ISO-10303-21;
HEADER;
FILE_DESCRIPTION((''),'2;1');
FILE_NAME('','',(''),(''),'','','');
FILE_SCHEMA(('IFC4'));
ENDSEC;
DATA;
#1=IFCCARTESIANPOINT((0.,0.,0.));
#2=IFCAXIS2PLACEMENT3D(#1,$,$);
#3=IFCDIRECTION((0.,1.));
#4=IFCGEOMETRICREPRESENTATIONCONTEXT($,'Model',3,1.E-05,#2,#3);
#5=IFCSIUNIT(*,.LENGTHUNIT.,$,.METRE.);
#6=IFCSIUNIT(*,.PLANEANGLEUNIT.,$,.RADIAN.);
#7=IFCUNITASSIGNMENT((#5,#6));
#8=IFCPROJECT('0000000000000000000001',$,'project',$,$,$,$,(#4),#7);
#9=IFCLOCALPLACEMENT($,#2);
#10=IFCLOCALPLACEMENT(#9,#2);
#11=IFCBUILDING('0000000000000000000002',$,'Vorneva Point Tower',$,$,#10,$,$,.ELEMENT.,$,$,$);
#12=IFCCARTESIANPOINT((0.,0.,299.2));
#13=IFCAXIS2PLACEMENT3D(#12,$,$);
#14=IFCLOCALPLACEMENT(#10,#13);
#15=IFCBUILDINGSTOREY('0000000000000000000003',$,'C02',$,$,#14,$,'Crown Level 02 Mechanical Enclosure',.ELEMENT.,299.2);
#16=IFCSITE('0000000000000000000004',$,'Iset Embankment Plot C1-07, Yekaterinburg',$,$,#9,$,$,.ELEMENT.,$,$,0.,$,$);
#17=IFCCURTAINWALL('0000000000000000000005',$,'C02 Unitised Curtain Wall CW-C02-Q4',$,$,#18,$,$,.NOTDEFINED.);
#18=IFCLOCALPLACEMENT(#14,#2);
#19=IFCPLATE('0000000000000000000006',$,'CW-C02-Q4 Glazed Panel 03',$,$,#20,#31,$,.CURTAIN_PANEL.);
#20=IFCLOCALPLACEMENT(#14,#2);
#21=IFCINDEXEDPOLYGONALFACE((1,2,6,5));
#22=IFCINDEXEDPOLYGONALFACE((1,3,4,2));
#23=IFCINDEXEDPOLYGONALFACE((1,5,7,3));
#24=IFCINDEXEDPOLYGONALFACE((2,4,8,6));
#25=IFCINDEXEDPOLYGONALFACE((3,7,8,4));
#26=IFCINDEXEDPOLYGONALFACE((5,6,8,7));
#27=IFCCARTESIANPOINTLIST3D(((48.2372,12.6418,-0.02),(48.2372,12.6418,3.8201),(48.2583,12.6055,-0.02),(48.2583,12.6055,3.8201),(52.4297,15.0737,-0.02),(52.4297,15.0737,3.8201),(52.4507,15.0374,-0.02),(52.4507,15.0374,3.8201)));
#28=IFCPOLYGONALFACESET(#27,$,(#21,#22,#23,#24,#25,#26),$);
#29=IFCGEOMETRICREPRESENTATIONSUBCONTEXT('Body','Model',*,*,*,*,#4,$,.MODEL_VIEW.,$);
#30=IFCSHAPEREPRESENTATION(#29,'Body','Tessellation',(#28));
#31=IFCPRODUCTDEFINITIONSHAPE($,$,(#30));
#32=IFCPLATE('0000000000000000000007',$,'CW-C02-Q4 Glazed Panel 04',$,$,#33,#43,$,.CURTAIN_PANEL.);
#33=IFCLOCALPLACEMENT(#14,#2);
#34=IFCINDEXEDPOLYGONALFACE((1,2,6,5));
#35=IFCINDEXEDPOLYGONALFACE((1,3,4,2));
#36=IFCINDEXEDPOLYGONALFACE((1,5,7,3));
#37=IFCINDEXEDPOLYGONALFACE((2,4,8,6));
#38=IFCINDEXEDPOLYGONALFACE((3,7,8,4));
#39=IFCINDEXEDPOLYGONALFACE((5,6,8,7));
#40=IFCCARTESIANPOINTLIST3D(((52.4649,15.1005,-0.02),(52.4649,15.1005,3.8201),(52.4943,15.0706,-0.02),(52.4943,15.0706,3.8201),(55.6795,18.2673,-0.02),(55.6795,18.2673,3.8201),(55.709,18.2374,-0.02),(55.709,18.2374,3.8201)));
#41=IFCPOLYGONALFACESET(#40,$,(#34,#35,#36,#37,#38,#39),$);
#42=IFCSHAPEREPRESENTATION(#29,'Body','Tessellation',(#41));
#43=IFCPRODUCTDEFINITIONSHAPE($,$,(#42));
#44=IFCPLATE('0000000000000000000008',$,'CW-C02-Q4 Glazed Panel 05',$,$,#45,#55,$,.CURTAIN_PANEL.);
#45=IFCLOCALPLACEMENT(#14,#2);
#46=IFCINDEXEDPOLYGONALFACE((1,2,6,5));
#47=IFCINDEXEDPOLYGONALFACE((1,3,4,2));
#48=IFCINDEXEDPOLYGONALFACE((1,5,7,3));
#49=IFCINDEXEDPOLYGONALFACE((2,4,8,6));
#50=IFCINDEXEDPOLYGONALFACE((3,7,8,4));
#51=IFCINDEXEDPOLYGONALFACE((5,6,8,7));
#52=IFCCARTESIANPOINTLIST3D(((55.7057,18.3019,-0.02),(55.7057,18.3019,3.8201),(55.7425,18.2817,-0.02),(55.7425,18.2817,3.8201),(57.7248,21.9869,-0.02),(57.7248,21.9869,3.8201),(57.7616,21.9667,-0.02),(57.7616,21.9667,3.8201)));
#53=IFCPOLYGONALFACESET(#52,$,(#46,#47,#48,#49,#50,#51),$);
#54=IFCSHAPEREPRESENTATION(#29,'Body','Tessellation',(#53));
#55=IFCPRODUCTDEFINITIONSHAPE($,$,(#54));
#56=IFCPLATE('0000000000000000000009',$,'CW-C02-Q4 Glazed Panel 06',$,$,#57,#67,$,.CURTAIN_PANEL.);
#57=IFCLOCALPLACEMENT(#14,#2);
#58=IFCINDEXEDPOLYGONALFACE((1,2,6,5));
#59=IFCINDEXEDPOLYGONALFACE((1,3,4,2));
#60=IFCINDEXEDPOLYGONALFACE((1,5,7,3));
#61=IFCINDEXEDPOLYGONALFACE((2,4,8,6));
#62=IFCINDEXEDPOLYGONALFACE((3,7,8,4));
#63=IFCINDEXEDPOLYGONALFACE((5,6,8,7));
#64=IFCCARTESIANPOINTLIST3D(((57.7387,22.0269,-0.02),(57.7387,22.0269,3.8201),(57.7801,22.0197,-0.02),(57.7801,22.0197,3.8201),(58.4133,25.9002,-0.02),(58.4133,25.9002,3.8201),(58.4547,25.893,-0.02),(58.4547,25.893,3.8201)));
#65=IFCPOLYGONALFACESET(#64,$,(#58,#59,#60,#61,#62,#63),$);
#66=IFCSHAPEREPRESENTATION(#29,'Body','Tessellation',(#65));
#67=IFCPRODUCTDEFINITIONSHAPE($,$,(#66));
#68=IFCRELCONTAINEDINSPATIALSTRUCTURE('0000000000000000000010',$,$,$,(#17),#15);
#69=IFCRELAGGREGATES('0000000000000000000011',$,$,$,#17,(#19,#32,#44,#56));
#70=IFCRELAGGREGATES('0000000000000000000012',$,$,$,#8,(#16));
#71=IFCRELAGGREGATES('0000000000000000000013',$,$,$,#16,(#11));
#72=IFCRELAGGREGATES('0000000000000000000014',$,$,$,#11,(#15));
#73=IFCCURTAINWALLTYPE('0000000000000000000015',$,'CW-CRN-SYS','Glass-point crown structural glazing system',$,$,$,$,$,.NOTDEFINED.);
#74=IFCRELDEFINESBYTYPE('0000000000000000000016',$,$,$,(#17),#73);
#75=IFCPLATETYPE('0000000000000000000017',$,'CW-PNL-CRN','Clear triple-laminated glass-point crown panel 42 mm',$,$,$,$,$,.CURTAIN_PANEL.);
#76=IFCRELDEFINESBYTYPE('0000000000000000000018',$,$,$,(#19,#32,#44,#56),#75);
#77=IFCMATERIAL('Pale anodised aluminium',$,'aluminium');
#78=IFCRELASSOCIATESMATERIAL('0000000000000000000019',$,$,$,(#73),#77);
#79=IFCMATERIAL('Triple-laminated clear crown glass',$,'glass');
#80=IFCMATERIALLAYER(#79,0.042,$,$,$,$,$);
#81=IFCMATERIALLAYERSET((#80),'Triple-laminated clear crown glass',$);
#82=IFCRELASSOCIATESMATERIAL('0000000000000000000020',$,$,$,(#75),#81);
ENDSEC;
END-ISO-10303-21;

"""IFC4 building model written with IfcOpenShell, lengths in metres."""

from ifc_helpers import new_model, si_unit, direction, frame, origin, origin_2d, place, context, subcontext, project, spatial, rectangle, extrude, material, layer, layer_set, type_object, element, aggregate, save


model = new_model("IFC4")

# Units and contexts
model_context = context("Model", 3, precision=1e-05, world=origin(), true_north=direction((0.0, 1.0)))
body_context = subcontext(model_context, "Body", "Model", "MODEL_VIEW")
ifc_project = project(units=[si_unit("LENGTHUNIT", "METRE"), si_unit("PLANEANGLEUNIT", "RADIAN")], contexts=[model_context])

# Site, building, storey
site_placement = place(None, origin())
site = spatial("IfcSite", under=ifc_project, at=site_placement, Name="Iset Embankment Plot C1-07, Yekaterinburg", CompositionType="ELEMENT", RefElevation=0.0)
building_placement = place(site_placement, origin())
building = spatial("IfcBuilding", under=site, at=building_placement, Name="Vorneva Point Tower", CompositionType="ELEMENT")
storey_placement = place(building_placement, frame((0.0, 0.0, 299.2)))
storey = spatial("IfcBuildingStorey", under=building, at=storey_placement, Name="C02", LongName="Crown Level 02 Mechanical Enclosure", CompositionType="ELEMENT", Elevation=299.2)

# Curtain wall
ifc_material_1 = material(Name="Pale anodised aluminium", Category="aluminium")
curtain_wall_type = type_object("IfcCurtainWallType", Name="CW-CRN-SYS", Description="Glass-point crown structural glazing system", PredefinedType="NOTDEFINED", material=ifc_material_1)
curtain_wall_placement = place(storey_placement, origin())
curtain_wall = element("IfcCurtainWall", 1, at=curtain_wall_placement, inside=storey, type_object=curtain_wall_type, Name="C02 Unitised Curtain Wall CW-C02-Q4", PredefinedType="NOTDEFINED")

# Plates
ifc_material_2 = material(Name="Triple-laminated clear crown glass", Category="glass")
ifc_layer = layer(ifc_material_2, 0.042)
ifc_layer_set = layer_set([ifc_layer], Name="Triple-laminated clear crown glass")
plate_type = type_object("IfcPlateType", Name="CW-PNL-CRN", Description="Clear triple-laminated glass-point crown panel 42 mm", PredefinedType="CURTAIN_PANEL", material=ifc_layer_set)
plate_1_placement = place(storey_placement, frame((50.344, 13.8396, -0.02), z_axis=(0.0, 0.0, 1.0), x_axis=(0.865011, 0.501752, 0.0)))
plate_1 = element("IfcPlate", 2, at=plate_1_placement, type_object=plate_type, Name="CW-C02-Q4 Glazed Panel 03", PredefinedType="CURTAIN_PANEL", context=body_context, shape_type="SweptSolid", body=[
    extrude(rectangle(XDim=4.8467, YDim=0.042, at=origin_2d()), origin(), (0.0, 0.0, 1.0), 3.8401),
])
plate_2_placement = place(storey_placement, frame((54.0869, 16.6689, -0.02), z_axis=(0.0, 0.0, 1.0), x_axis=(0.712394, 0.70178, 0.0)))
plate_2 = element("IfcPlate", 3, at=plate_2_placement, type_object=plate_type, Name="CW-C02-Q4 Glazed Panel 04", PredefinedType="CURTAIN_PANEL", context=body_context, shape_type="SweptSolid", body=[
    extrude(rectangle(XDim=4.5125, YDim=0.042, at=origin_2d()), origin(), (0.0, 0.0, 1.0), 3.8401),
])
plate_3_placement = place(storey_placement, frame((56.7336, 20.1343, -0.02), z_axis=(0.0, 0.0, 1.0), x_axis=(0.48053, 0.876978, 0.0)))
plate_3 = element("IfcPlate", 4, at=plate_3_placement, type_object=plate_type, Name="CW-C02-Q4 Glazed Panel 05", PredefinedType="CURTAIN_PANEL", context=body_context, shape_type="SweptSolid", body=[
    extrude(rectangle(XDim=4.2019, YDim=0.042, at=origin_2d()), origin(), (0.0, 0.0, 1.0), 3.8401),
])
plate_4_placement = place(storey_placement, frame((58.0967, 23.96, -0.02), z_axis=(0.0, 0.0, 1.0), x_axis=(0.171585, 0.985169, 0.0)))
plate_4 = element("IfcPlate", 5, at=plate_4_placement, type_object=plate_type, Name="CW-C02-Q4 Glazed Panel 06", PredefinedType="CURTAIN_PANEL", context=body_context, shape_type="SweptSolid", body=[
    extrude(rectangle(XDim=3.9316, YDim=0.042, at=origin_2d()), origin(), (0.0, 0.0, 1.0), 3.8401),
])
aggregate(curtain_wall, [plate_1, plate_2, plate_3, plate_4])

save(model, "model.ifc")
